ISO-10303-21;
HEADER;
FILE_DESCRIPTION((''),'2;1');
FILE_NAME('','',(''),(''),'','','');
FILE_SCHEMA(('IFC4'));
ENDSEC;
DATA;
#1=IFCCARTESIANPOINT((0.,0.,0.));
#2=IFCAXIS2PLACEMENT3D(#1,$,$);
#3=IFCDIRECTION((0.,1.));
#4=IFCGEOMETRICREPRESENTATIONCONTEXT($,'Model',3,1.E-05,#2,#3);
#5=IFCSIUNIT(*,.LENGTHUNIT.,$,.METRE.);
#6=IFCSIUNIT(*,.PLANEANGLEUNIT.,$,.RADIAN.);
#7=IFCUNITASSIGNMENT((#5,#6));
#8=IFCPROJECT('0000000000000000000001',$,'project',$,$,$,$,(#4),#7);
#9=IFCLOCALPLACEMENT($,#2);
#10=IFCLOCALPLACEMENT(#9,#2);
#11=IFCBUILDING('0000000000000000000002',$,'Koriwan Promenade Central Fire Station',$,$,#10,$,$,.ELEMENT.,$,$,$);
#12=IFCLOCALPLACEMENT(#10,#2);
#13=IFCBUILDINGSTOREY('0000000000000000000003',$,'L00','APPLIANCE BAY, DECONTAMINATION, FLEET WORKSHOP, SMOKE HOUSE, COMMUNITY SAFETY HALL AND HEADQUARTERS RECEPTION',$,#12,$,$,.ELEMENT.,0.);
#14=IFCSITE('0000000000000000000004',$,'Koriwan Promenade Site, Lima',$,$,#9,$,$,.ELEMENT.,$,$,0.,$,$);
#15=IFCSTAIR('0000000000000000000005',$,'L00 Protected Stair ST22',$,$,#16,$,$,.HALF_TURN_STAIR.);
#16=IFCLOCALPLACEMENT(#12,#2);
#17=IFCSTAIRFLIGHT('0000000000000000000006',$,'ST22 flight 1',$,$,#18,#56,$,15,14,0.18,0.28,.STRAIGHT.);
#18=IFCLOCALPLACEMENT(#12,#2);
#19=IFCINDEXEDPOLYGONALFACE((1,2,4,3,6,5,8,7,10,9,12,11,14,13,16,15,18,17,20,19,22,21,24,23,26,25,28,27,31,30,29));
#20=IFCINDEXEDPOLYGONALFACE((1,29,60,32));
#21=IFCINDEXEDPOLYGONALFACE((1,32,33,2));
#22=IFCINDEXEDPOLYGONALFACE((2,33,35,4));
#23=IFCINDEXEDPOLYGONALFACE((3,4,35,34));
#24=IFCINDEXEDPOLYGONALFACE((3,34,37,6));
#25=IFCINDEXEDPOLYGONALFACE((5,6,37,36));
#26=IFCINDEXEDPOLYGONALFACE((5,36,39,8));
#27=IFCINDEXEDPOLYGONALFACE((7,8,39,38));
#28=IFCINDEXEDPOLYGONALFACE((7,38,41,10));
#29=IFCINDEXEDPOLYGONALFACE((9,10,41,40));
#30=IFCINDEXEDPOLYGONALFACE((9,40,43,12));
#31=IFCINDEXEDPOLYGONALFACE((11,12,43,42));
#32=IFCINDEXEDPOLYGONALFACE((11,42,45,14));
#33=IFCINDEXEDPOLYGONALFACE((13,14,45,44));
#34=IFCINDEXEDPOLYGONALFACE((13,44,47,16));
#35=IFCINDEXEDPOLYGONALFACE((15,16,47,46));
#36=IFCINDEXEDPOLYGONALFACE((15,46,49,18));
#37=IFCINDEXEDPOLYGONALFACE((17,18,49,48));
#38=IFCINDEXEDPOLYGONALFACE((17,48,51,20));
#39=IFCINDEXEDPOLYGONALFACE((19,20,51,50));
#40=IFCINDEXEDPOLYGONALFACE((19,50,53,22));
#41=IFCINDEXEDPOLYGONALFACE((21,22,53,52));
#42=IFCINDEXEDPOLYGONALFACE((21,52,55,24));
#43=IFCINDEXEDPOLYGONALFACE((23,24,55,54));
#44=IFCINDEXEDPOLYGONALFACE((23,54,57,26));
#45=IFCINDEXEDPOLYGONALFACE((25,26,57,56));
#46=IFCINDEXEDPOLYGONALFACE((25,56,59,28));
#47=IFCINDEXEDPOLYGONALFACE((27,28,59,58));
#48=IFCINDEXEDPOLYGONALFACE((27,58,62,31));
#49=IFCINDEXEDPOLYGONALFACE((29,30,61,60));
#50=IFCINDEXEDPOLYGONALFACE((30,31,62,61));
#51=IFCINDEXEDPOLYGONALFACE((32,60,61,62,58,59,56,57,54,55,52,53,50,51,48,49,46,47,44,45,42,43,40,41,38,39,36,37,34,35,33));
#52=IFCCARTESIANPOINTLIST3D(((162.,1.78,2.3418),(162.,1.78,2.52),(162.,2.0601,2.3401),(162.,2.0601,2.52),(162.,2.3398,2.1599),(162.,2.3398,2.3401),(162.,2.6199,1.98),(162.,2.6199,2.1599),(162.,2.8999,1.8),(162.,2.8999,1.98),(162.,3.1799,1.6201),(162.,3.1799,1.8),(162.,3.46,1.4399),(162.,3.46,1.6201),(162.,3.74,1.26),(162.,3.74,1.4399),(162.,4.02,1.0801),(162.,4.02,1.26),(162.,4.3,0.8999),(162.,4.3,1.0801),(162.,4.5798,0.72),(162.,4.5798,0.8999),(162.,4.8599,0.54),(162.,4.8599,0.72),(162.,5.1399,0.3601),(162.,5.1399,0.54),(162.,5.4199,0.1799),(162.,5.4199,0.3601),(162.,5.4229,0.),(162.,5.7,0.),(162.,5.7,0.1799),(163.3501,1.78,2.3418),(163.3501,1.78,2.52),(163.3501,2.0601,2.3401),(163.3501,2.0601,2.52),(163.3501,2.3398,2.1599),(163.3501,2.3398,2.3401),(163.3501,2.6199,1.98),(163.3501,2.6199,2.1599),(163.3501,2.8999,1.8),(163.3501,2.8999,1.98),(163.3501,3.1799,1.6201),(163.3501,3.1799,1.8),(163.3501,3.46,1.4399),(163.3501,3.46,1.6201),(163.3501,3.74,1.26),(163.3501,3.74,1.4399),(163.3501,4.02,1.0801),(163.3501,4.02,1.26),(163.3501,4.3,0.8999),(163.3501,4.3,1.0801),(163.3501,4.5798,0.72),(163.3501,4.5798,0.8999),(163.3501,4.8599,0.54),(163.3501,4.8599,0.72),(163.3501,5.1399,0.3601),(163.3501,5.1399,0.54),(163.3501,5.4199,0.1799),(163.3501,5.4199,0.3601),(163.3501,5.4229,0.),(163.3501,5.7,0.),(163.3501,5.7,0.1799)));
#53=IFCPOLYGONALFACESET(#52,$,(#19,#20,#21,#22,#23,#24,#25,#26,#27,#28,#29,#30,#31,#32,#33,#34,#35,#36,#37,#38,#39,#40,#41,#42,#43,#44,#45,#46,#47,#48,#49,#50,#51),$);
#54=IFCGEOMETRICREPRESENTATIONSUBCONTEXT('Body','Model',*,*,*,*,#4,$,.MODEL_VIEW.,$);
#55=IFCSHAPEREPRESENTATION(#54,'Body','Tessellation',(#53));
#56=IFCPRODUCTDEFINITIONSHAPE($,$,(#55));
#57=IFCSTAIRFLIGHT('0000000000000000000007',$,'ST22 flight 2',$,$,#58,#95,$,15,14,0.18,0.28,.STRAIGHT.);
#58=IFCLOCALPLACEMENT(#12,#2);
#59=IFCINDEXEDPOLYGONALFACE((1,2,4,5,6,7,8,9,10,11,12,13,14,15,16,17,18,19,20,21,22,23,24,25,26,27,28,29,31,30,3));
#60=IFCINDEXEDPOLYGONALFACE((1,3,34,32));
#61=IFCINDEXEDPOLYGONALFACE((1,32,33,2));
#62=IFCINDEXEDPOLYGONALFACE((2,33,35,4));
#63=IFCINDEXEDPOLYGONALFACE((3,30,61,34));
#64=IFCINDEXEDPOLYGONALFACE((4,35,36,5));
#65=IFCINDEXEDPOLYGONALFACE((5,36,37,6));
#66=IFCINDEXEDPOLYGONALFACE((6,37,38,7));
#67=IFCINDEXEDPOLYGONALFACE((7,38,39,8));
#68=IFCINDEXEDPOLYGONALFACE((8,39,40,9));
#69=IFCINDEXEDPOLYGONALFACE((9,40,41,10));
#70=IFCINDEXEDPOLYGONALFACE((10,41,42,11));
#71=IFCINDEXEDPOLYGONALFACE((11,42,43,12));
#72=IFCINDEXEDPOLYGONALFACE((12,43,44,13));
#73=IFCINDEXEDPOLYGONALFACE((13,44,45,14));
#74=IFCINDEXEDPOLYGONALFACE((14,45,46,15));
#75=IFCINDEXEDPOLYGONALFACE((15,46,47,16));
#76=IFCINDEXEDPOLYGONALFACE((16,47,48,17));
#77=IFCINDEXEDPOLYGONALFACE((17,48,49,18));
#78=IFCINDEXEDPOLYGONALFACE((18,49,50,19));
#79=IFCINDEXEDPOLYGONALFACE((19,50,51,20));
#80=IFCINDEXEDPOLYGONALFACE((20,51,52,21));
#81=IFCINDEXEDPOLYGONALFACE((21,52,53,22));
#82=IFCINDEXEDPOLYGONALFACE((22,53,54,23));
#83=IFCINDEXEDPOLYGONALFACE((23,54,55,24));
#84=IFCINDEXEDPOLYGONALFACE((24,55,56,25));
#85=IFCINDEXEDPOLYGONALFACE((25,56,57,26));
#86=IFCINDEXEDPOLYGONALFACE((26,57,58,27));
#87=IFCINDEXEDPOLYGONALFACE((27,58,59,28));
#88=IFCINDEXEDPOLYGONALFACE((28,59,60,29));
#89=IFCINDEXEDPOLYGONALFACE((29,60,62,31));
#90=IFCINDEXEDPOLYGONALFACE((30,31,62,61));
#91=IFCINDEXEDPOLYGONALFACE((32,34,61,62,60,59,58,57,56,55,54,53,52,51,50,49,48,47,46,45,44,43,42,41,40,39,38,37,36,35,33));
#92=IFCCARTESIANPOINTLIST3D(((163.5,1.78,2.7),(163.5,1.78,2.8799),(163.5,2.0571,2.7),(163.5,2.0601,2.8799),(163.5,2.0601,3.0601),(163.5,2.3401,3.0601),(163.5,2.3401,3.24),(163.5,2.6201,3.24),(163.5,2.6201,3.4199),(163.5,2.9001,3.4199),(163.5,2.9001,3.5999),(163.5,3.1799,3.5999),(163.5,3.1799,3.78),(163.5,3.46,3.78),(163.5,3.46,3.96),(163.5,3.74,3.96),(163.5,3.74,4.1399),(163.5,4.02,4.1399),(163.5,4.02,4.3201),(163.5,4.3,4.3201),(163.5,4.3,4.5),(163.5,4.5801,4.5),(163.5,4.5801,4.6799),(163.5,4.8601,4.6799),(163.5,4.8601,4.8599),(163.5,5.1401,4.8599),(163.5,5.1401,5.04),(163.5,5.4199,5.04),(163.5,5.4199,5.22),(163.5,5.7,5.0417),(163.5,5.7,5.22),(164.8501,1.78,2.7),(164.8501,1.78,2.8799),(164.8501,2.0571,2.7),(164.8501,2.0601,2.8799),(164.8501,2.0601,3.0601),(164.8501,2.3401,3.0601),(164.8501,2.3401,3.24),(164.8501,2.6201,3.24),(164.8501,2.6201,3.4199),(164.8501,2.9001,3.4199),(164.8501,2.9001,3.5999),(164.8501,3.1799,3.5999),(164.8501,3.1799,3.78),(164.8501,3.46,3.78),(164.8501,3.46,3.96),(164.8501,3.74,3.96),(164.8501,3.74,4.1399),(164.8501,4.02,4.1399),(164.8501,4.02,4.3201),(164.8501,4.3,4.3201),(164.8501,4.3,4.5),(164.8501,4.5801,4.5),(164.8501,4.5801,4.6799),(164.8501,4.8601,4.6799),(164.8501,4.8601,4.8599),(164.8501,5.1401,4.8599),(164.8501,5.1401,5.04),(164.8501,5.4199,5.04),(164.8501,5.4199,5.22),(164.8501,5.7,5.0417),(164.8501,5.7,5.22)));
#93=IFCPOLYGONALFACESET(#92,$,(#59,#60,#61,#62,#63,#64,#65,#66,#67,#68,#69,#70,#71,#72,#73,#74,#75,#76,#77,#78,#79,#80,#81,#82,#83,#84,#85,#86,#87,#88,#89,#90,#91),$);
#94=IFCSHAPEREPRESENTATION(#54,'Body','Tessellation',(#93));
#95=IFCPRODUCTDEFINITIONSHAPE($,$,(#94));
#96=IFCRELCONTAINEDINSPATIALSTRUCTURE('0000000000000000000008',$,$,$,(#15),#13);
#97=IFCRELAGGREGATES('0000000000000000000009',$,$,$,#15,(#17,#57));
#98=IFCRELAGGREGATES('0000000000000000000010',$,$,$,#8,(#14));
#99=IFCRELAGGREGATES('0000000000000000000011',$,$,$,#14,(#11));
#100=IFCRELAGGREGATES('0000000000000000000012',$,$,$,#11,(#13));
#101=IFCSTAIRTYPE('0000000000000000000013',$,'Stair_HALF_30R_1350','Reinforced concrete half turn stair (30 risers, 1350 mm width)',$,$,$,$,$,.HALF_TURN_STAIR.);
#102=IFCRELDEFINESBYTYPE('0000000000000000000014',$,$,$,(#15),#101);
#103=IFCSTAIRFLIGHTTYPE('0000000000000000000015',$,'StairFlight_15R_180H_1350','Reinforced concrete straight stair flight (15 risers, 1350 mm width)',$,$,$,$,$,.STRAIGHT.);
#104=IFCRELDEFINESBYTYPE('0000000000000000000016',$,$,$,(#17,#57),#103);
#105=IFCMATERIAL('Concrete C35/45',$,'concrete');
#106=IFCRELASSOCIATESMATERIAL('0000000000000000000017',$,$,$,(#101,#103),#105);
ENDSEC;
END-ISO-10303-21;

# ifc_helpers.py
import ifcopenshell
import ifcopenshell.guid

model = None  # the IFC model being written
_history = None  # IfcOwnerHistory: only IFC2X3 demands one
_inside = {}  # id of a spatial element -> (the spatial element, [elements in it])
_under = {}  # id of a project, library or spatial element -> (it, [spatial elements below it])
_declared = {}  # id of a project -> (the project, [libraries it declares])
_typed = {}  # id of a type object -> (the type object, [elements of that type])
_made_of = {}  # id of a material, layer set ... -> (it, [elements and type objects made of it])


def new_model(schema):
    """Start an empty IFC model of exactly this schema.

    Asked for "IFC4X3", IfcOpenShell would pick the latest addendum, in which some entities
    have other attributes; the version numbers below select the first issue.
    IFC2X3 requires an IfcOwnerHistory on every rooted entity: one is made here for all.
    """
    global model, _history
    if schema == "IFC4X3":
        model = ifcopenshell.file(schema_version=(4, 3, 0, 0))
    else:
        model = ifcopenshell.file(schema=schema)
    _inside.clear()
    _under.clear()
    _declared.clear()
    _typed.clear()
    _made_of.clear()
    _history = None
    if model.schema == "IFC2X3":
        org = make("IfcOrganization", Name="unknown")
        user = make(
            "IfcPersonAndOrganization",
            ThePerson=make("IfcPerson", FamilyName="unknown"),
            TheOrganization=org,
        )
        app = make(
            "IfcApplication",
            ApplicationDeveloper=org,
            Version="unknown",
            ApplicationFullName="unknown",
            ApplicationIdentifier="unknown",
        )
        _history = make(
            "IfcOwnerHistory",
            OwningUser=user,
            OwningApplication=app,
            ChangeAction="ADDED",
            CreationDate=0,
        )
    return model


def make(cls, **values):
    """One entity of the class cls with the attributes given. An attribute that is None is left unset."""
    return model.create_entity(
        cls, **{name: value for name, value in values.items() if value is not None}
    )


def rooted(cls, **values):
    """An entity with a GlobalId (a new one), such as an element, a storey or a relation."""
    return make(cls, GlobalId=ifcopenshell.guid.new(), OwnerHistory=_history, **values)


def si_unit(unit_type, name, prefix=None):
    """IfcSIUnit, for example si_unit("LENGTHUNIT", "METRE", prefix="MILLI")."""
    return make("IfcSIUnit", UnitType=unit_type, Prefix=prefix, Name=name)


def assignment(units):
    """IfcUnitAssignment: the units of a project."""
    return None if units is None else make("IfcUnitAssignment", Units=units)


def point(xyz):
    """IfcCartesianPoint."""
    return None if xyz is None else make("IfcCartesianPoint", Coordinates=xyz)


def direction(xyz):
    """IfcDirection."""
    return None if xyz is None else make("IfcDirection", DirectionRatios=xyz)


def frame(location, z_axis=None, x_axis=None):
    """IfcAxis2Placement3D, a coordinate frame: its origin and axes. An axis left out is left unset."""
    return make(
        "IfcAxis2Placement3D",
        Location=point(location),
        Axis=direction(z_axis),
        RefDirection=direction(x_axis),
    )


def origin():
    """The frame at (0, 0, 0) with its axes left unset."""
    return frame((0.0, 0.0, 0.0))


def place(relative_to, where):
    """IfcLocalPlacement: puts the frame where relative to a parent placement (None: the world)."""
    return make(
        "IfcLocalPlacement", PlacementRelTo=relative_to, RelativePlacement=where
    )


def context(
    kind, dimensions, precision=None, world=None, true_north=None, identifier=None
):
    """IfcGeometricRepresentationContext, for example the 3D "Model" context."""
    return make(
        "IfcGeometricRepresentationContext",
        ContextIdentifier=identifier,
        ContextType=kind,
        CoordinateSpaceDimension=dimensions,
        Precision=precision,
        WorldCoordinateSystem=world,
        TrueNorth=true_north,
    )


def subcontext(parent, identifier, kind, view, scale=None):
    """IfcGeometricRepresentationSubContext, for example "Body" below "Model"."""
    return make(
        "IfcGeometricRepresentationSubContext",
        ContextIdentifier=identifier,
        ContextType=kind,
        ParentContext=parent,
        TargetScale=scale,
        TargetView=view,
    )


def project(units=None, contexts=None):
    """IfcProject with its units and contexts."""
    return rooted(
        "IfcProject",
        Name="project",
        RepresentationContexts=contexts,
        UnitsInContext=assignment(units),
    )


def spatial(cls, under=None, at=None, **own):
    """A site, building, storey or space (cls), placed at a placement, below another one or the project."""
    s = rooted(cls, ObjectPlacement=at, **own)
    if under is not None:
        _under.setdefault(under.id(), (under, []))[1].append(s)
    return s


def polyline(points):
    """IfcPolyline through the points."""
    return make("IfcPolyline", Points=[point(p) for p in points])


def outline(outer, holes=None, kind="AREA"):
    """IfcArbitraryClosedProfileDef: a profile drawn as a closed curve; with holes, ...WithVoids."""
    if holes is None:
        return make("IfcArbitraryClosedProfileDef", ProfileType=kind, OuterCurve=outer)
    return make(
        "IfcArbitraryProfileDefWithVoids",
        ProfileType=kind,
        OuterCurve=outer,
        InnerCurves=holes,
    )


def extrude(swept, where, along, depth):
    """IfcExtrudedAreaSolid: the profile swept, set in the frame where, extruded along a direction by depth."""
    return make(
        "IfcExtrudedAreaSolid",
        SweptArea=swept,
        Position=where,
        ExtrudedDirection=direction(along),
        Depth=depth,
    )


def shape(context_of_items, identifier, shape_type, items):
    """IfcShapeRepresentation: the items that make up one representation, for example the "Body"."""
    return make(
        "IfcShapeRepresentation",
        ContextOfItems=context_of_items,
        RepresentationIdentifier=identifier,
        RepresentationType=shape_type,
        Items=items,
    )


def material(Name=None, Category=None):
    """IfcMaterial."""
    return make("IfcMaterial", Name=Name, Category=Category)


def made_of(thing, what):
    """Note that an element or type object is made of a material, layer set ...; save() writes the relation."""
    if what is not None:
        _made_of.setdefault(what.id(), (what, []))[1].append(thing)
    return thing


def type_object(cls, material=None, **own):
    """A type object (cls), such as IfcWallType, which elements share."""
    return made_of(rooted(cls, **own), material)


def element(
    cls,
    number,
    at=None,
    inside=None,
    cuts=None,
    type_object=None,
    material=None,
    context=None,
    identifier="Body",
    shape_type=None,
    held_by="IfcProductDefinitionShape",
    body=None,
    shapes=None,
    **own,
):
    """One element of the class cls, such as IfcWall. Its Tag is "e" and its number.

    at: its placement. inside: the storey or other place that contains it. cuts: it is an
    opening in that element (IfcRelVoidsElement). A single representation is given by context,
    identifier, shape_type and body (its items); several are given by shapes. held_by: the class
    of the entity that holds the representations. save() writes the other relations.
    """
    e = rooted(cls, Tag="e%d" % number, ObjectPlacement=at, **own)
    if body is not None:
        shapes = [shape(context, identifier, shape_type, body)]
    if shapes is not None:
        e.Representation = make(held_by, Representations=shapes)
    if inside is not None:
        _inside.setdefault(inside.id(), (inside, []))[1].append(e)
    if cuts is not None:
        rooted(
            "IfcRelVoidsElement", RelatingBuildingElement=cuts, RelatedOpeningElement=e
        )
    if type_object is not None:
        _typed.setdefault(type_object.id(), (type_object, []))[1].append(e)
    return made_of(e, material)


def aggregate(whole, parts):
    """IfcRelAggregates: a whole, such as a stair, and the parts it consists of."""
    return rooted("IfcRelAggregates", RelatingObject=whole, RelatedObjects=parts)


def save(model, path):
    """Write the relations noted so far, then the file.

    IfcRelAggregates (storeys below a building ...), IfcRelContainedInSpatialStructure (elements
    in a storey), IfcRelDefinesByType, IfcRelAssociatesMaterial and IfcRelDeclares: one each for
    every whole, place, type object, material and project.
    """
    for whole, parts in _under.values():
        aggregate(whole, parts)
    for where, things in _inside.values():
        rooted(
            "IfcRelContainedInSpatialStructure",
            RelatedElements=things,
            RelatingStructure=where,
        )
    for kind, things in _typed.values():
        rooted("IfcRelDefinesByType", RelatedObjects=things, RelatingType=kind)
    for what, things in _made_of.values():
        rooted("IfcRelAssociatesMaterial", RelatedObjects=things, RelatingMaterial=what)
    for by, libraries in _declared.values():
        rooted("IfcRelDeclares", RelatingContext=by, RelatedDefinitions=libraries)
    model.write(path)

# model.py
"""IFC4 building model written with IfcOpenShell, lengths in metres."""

from ifc_helpers import new_model, si_unit, direction, frame, origin, place, context, subcontext, project, spatial, polyline, outline, extrude, material, type_object, element, aggregate, save


model = new_model("IFC4")

# Units and contexts
model_context = context("Model", 3, precision=1e-05, world=origin(), true_north=direction((0.0, 1.0)))
body_context = subcontext(model_context, "Body", "Model", "MODEL_VIEW")
ifc_project = project(units=[si_unit("LENGTHUNIT", "METRE"), si_unit("PLANEANGLEUNIT", "RADIAN")], contexts=[model_context])

# Site, building, storey
site_placement = place(None, origin())
site = spatial("IfcSite", under=ifc_project, at=site_placement, Name="Koriwan Promenade Site, Lima", CompositionType="ELEMENT", RefElevation=0.0)
building_placement = place(site_placement, origin())
building = spatial("IfcBuilding", under=site, at=building_placement, Name="Koriwan Promenade Central Fire Station", CompositionType="ELEMENT")
storey_placement = place(building_placement, origin())
storey = spatial("IfcBuildingStorey", under=building, at=storey_placement, Name="L00", Description="APPLIANCE BAY, DECONTAMINATION, FLEET WORKSHOP, SMOKE HOUSE, COMMUNITY SAFETY HALL AND HEADQUARTERS RECEPTION", CompositionType="ELEMENT", Elevation=0.0)

# Shared definitions
ifc_material_1 = material(Name="Concrete C35/45", Category="concrete")

# Stair, stair flights
stair_type = type_object("IfcStairType", Name="Stair_HALF_30R_1350", Description="Reinforced concrete half turn stair (30 risers, 1350 mm width)", PredefinedType="HALF_TURN_STAIR", material=ifc_material_1)
stair_placement = place(storey_placement, origin())
stair = element("IfcStair", 1, at=stair_placement, inside=storey, type_object=stair_type, Name="L00 Protected Stair ST22", PredefinedType="HALF_TURN_STAIR")
stair_flight_type = type_object("IfcStairFlightType", Name="StairFlight_15R_180H_1350", Description="Reinforced concrete straight stair flight (15 risers, 1350 mm width)", PredefinedType="STRAIGHT", material=ifc_material_1)
stair_flight_1_placement = place(storey_placement, frame((162.675, 5.7, 0.0), z_axis=(0.0, 0.0, 1.0), x_axis=(0.0, -1.0, 0.0)))
stair_flight_1 = element("IfcStairFlight", 2, at=stair_flight_1_placement, type_object=stair_flight_type, Name="ST22 flight 1", NumberOfRisers=15, NumberOfTreads=14, PredefinedType="STRAIGHT", RiserHeight=0.18, TreadLength=0.28, context=body_context, shape_type="SweptSolid", body=[
    extrude(outline(polyline([(0.0, 0.0), (0.0, 0.1799), (0.28, 0.1799), (0.28, 0.3601), (0.5601, 0.3601), (0.5601, 0.54), (0.8401, 0.54), (0.8401, 0.72), (1.1201, 0.72), (1.1201, 0.8999), (1.3999, 0.8999), (1.3999, 1.0801), (1.6799, 1.0801), (1.6799, 1.26), (1.96, 1.26), (1.96, 1.4399), (2.24, 1.4399), (2.24, 1.6201), (2.52, 1.6201), (2.52, 1.8), (2.8, 1.8), (2.8, 1.98), (3.0801, 1.98), (3.0801, 2.1599), (3.3601, 2.1599), (3.3601, 2.3401), (3.6399, 2.3401), (3.6399, 2.52), (3.9199, 2.52), (3.9199, 2.7), (3.9199, 2.3418), (0.2771, 0.0), (0.0, 0.0)])), frame((0.0, 0.675, 0.0), z_axis=(0.0, -1.0, 0.0), x_axis=(1.0, 0.0, 0.0)), (0.0, 0.0, 1.0), 1.3501),
])
stair_flight_2_placement = place(storey_placement, frame((164.175, 1.78, 2.7), z_axis=(0.0, 0.0, 1.0), x_axis=(0.0, 1.0, 0.0)))
stair_flight_2 = element("IfcStairFlight", 3, at=stair_flight_2_placement, type_object=stair_flight_type, Name="ST22 flight 2", NumberOfRisers=15, NumberOfTreads=14, PredefinedType="STRAIGHT", RiserHeight=0.18, TreadLength=0.28, context=body_context, shape_type="SweptSolid", body=[
    extrude(outline(polyline([(0.0, 0.0), (0.0, 0.1799), (0.28, 0.1799), (0.28, 0.3601), (0.5601, 0.3601), (0.5601, 0.54), (0.8401, 0.54), (0.8401, 0.72), (1.1201, 0.72), (1.1201, 0.8999), (1.3999, 0.8999), (1.3999, 1.0801), (1.6799, 1.0801), (1.6799, 1.26), (1.96, 1.26), (1.96, 1.4399), (2.24, 1.4399), (2.24, 1.6201), (2.52, 1.6201), (2.52, 1.8), (2.8, 1.8), (2.8, 1.98), (3.0801, 1.98), (3.0801, 2.1599), (3.3601, 2.1599), (3.3601, 2.3401), (3.6399, 2.3401), (3.6399, 2.52), (3.9199, 2.52), (3.9199, 2.7), (3.9199, 2.3418), (0.2771, 0.0), (0.0, 0.0)])), frame((0.0, 0.675, 0.0), z_axis=(0.0, -1.0, 0.0), x_axis=(1.0, 0.0, 0.0)), (0.0, 0.0, 1.0), 1.3501),
])
aggregate(stair, [stair_flight_1, stair_flight_2])

save(model, "model.ifc")
